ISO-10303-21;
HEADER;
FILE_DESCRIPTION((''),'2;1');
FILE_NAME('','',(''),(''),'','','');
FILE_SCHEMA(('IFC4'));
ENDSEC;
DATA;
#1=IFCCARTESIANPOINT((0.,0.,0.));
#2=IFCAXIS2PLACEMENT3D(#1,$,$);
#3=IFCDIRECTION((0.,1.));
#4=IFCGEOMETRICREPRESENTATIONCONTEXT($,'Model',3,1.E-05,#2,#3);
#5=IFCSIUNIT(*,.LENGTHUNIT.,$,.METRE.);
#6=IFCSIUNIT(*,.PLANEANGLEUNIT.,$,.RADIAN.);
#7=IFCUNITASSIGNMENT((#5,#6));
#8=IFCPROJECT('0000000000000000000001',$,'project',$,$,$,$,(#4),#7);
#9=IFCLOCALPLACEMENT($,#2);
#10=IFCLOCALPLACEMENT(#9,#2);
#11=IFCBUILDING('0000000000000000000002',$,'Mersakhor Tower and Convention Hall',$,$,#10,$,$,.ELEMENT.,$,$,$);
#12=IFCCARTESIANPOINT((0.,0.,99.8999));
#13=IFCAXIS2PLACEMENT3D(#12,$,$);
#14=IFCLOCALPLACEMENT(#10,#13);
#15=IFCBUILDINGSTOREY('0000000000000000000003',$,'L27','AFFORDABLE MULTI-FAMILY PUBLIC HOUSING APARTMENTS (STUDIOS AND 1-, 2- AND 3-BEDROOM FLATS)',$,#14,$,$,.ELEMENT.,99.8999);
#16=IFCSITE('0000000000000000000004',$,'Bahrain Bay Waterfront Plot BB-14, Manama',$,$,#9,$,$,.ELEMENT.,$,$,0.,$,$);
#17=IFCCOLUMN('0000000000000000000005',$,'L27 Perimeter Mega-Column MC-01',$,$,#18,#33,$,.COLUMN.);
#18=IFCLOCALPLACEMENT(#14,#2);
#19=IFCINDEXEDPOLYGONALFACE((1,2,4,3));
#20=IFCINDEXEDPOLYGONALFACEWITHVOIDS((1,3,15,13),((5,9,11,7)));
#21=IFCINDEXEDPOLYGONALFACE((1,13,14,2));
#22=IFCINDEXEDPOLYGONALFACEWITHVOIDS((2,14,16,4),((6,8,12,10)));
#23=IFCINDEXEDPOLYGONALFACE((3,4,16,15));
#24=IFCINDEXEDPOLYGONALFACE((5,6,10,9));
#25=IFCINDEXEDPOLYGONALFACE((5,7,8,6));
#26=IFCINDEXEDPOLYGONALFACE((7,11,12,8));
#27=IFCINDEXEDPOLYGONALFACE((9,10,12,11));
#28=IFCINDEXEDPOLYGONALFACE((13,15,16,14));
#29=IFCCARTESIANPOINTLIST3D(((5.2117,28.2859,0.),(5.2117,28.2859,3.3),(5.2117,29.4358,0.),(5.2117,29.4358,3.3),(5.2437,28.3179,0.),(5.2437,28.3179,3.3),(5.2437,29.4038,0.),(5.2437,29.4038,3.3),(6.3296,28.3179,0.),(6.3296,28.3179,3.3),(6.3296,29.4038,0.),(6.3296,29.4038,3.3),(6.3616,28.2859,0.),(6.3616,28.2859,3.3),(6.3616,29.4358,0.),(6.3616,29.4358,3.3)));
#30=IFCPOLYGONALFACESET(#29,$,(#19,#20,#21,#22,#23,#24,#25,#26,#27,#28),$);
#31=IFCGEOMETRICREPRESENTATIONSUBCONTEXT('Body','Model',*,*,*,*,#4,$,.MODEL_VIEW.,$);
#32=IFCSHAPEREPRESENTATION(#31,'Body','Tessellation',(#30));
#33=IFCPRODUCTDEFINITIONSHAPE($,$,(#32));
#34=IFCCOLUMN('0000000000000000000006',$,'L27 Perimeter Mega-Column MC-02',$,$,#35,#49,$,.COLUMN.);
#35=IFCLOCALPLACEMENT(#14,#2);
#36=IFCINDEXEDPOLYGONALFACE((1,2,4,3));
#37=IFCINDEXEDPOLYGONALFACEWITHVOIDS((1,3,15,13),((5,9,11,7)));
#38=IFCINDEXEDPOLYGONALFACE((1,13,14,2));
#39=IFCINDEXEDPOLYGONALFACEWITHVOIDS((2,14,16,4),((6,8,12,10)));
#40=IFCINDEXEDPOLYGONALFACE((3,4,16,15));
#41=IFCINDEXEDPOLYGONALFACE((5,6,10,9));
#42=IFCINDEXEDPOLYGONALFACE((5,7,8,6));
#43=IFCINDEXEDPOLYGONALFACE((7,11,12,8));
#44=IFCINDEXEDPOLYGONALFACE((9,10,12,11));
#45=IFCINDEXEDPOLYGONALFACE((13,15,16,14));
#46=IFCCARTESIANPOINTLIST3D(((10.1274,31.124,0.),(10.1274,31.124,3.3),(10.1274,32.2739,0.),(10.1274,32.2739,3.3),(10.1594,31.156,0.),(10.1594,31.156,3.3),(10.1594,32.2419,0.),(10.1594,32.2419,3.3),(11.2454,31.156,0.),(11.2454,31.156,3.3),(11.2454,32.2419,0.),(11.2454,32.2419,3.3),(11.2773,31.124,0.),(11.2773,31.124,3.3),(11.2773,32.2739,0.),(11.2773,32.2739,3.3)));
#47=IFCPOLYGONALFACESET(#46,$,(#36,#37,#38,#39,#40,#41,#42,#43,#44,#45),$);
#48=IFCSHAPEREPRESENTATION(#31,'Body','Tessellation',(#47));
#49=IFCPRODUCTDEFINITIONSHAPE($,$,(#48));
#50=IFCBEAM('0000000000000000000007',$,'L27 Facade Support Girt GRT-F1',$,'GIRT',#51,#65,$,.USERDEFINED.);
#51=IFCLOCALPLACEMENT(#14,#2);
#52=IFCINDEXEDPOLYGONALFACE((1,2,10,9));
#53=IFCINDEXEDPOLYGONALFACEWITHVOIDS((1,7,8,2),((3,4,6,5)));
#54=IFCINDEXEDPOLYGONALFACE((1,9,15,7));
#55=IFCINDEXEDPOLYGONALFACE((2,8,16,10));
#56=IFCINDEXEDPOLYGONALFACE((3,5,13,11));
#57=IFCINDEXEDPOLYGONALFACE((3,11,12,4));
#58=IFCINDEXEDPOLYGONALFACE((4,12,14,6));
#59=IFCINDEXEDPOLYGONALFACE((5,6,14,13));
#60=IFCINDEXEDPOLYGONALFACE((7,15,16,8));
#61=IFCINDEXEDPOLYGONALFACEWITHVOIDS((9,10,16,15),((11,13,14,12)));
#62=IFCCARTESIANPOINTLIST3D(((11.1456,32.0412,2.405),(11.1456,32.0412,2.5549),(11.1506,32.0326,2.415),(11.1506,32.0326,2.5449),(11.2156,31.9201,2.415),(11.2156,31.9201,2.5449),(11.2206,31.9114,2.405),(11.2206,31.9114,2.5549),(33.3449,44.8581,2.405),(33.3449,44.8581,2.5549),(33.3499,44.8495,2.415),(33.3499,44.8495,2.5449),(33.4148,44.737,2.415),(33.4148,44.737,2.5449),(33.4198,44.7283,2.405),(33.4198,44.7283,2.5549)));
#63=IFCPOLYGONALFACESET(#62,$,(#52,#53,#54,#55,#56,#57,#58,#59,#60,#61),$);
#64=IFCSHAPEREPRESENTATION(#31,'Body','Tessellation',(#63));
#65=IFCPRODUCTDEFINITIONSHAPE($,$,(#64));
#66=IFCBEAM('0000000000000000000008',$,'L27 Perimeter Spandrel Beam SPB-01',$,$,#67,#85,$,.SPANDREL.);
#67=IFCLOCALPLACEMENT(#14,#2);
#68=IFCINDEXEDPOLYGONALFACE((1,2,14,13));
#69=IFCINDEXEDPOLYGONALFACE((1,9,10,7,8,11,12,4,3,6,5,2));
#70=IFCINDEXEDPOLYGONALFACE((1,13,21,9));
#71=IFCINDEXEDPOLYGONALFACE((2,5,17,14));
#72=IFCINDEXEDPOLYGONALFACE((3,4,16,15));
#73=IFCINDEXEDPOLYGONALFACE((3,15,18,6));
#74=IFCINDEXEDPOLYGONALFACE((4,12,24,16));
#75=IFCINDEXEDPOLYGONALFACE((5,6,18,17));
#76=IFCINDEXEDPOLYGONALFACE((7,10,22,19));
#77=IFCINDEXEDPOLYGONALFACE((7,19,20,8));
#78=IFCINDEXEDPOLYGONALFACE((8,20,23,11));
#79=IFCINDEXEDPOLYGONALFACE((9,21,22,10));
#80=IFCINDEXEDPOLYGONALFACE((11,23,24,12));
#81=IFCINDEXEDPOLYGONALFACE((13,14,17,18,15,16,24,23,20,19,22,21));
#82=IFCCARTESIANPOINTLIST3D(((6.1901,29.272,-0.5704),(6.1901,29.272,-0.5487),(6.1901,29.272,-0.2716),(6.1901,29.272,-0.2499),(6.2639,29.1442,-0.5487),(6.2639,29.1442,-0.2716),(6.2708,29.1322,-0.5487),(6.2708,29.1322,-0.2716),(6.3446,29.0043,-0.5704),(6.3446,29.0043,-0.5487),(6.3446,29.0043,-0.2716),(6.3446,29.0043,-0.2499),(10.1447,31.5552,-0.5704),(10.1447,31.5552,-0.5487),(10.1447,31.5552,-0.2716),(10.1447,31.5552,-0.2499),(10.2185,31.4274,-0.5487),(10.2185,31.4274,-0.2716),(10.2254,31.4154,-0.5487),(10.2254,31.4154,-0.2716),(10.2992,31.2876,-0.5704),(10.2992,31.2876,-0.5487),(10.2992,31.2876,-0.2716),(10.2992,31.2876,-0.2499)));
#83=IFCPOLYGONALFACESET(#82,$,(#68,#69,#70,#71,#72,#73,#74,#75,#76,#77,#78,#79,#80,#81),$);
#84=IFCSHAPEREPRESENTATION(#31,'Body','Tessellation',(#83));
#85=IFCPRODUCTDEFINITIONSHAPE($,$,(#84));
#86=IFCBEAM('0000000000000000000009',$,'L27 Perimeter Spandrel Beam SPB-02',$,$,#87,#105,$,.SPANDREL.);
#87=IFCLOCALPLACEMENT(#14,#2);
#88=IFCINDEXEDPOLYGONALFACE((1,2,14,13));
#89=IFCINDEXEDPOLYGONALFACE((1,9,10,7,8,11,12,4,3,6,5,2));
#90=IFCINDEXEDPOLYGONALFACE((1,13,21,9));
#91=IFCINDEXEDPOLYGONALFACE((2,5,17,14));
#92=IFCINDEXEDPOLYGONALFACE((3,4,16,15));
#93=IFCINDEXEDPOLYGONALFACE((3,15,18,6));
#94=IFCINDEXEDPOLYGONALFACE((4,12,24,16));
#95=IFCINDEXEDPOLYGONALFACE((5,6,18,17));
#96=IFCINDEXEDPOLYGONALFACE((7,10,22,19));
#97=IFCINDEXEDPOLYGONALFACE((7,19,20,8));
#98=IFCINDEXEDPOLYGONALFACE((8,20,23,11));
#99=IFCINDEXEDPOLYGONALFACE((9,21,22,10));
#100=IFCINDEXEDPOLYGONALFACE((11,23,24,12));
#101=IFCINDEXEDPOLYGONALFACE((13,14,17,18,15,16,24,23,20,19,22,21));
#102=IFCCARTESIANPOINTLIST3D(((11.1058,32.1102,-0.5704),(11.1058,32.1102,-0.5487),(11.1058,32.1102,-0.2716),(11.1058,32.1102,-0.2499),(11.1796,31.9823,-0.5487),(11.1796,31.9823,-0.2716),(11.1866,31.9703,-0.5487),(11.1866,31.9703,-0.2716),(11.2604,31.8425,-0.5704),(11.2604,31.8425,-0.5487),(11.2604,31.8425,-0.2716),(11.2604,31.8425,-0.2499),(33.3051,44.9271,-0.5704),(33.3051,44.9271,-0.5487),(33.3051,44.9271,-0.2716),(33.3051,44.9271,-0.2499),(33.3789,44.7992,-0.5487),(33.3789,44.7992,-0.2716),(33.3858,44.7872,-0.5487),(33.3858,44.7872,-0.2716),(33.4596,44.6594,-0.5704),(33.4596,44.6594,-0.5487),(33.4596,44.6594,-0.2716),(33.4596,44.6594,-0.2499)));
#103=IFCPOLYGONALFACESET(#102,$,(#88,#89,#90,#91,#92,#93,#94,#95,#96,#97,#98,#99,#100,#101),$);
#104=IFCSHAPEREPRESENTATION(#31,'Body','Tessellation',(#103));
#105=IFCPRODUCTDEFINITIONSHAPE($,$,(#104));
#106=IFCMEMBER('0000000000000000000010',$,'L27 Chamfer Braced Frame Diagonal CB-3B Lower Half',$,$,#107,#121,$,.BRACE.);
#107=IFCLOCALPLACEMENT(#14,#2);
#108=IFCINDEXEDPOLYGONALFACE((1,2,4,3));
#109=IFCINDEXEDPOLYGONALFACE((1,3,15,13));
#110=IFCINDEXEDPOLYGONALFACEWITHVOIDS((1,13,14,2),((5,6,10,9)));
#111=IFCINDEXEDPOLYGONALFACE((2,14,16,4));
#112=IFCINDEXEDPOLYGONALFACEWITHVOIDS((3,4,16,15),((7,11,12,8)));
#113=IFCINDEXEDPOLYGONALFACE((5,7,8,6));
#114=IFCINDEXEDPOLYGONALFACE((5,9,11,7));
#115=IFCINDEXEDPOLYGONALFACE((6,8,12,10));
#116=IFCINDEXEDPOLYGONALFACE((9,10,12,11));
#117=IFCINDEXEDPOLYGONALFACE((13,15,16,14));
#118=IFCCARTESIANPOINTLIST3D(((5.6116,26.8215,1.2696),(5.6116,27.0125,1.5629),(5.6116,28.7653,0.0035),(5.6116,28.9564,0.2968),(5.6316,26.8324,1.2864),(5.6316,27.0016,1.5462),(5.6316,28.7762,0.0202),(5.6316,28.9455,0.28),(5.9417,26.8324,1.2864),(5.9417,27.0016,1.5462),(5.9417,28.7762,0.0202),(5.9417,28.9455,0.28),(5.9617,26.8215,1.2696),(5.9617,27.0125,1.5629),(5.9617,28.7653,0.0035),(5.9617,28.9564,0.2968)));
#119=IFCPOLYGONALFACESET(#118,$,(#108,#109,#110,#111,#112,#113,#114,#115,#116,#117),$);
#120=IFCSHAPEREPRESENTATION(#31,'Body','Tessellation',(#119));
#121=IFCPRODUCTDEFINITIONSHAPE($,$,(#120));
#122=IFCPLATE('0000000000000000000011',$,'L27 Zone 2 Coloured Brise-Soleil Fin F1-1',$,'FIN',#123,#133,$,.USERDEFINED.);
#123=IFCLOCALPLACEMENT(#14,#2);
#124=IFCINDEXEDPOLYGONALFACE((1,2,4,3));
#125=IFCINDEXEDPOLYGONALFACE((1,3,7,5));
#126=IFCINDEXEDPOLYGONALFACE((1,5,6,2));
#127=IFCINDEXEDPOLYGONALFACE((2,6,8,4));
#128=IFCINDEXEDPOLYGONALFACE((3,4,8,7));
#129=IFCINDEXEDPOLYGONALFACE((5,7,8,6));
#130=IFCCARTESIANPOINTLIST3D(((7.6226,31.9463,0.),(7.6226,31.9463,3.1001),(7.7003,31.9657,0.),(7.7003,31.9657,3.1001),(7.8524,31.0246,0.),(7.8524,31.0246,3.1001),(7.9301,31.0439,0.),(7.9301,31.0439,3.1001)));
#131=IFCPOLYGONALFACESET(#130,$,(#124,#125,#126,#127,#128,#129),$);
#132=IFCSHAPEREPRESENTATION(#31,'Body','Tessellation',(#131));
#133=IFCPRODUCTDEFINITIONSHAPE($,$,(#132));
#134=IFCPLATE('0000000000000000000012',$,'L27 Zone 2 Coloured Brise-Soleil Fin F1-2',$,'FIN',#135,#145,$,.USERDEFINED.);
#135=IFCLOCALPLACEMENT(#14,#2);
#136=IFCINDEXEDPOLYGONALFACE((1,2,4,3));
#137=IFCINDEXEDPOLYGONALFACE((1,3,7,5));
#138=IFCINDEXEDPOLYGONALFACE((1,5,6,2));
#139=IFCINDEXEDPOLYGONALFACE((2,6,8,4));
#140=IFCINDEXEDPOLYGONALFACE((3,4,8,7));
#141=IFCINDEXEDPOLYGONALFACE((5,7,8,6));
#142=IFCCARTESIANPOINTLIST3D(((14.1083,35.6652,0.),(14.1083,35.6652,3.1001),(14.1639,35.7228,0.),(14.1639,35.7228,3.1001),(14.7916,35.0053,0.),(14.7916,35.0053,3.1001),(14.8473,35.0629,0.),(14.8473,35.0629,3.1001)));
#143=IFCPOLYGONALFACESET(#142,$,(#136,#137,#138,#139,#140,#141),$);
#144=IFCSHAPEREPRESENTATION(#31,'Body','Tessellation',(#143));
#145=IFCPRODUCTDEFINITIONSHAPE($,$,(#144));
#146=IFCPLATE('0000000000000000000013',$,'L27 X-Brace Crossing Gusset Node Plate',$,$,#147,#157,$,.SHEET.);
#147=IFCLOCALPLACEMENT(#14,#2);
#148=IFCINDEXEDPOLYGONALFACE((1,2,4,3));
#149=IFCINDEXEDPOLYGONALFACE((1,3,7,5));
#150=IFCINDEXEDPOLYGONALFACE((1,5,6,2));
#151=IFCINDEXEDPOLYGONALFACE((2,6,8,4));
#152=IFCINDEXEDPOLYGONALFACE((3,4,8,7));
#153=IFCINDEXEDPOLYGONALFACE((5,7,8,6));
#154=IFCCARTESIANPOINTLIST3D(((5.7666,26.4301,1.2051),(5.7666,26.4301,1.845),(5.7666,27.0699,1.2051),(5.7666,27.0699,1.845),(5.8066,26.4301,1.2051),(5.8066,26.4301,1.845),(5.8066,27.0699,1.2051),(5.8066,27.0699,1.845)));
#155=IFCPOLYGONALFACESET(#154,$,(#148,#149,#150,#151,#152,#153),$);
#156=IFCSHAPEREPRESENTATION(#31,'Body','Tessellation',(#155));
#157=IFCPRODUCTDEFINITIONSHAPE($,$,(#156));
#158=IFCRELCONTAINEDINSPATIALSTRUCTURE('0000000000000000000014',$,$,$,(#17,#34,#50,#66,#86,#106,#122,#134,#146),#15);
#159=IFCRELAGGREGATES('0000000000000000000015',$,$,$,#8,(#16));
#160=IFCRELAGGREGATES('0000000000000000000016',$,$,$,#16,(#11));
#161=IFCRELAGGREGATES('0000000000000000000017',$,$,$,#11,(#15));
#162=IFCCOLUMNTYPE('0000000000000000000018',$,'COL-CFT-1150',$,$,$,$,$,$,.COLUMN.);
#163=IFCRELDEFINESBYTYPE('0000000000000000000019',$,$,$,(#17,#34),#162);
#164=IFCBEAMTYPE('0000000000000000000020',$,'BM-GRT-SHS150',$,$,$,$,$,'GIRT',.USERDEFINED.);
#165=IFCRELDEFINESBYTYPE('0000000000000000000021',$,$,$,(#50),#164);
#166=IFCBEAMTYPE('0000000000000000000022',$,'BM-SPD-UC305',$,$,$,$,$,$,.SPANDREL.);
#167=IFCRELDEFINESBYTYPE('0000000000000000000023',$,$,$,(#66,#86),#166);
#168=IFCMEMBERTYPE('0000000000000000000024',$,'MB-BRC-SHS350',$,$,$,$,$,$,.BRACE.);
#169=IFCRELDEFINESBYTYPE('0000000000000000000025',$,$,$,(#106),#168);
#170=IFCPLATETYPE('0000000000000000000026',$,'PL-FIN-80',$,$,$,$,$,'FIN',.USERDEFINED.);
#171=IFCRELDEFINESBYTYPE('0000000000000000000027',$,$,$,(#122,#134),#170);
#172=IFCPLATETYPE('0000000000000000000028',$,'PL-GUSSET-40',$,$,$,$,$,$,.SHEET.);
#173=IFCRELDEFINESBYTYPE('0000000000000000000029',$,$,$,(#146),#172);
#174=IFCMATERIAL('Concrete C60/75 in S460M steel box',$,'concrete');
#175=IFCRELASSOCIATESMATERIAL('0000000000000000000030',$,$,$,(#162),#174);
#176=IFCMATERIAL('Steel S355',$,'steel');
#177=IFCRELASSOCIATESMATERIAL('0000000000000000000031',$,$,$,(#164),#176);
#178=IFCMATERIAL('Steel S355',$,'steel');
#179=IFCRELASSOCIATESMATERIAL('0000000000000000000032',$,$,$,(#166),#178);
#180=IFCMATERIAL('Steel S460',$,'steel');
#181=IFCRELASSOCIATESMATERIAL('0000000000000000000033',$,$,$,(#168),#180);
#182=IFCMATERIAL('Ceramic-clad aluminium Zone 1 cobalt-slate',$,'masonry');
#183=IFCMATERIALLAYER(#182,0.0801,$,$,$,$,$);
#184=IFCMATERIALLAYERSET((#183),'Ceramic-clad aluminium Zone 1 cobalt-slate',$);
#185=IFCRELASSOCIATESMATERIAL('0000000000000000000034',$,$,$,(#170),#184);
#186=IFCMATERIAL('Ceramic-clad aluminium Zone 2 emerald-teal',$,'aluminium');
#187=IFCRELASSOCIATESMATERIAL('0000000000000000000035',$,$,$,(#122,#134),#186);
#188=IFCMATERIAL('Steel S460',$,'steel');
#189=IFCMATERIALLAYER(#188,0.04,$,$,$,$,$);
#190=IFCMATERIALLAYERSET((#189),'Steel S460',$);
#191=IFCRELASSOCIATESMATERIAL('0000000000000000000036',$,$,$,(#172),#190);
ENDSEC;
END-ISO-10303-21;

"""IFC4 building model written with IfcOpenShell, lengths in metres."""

from ifc_helpers import new_model, si_unit, direction, frame, origin, origin_2d, place, context, subcontext, project, spatial, rectangle, hollow_rectangle, i_section, extrude, material, layer, layer_set, material_profile, profile_set, type_object, element, save


model = new_model("IFC4")

# Units and contexts
model_context = context("Model", 3, precision=1e-05, world=origin(), true_north=direction((0.0, 1.0)))
body_context = subcontext(model_context, "Body", "Model", "MODEL_VIEW")
ifc_project = project(units=[si_unit("LENGTHUNIT", "METRE"), si_unit("PLANEANGLEUNIT", "RADIAN")], contexts=[model_context])

# Site, building, storey
site_placement = place(None, origin())
site = spatial("IfcSite", under=ifc_project, at=site_placement, Name="Bahrain Bay Waterfront Plot BB-14, Manama", CompositionType="ELEMENT", RefElevation=0.0)
building_placement = place(site_placement, origin())
building = spatial("IfcBuilding", under=site, at=building_placement, Name="Mersakhor Tower and Convention Hall", CompositionType="ELEMENT")
storey_placement = place(building_placement, frame((0.0, 0.0, 99.8999)))
storey = spatial("IfcBuildingStorey", under=building, at=storey_placement, Name="L27", Description="AFFORDABLE MULTI-FAMILY PUBLIC HOUSING APARTMENTS (STUDIOS AND 1-, 2- AND 3-BEDROOM FLATS)", CompositionType="ELEMENT", Elevation=99.8999)

# Columns
ifc_material_1 = material(Name="Concrete C60/75 in S460M steel box", Category="concrete")
ifc_material_profile_1 = material_profile(ifc_material_1, hollow_rectangle(XDim=1.1499, YDim=1.1499, WallThickness=0.032, at=origin_2d()), Name="SHS 1150x1150x32")
ifc_profile_set_1 = profile_set([ifc_material_profile_1], Name="Concrete C60/75 in S460M steel box")
column_type = type_object("IfcColumnType", Name="COL-CFT-1150", PredefinedType="COLUMN", material=ifc_profile_set_1)
for number, where, z_axis, x_axis, name in (
    (1, (5.7866, 28.8608, 0.0), (0.0, 0.0, 1.0), (1.0, 0.0, 0.0), "L27 Perimeter Mega-Column MC-01"),
    (2, (10.7024, 31.699, 0.0), (0.0, 0.0, 1.0), (1.0, 0.0, 0.0), "L27 Perimeter Mega-Column MC-02"),
):
    element("IfcColumn", number, at=place(storey_placement, frame(where, z_axis=z_axis, x_axis=x_axis)), inside=storey, type_object=column_type, Name=name, PredefinedType="COLUMN", context=body_context, shape_type="SweptSolid", body=[
        extrude(hollow_rectangle(XDim=1.1499, YDim=1.1499, WallThickness=0.032, at=origin_2d()), origin(), (0.0, 0.0, 1.0), 3.3),
    ])

# Beams
ifc_material_2 = material(Name="Steel S355", Category="steel")
ifc_material_profile_2 = material_profile(ifc_material_2, hollow_rectangle(XDim=0.1499, YDim=0.1499, WallThickness=0.01, at=origin_2d()), Name="SHS 150x150x10")
ifc_profile_set_2 = profile_set([ifc_material_profile_2], Name="Steel S355")
beam_type_1 = type_object("IfcBeamType", Name="BM-GRT-SHS150", ElementType="GIRT", PredefinedType="USERDEFINED", material=ifc_profile_set_2)
beam_1_placement = place(storey_placement, frame((11.1831, 31.9763, 2.48), z_axis=(0.866023, 0.500005, 0.0), x_axis=(-0.500005, 0.866023, 0.0)))
element("IfcBeam", 3, at=beam_1_placement, inside=storey, type_object=beam_type_1, Name="L27 Facade Support Girt GRT-F1", ObjectType="GIRT", PredefinedType="USERDEFINED", context=body_context, shape_type="SweptSolid", body=[
    extrude(hollow_rectangle(XDim=0.1499, YDim=0.1499, WallThickness=0.01, at=origin_2d()), origin(), (0.0, 0.0, 1.0), 25.6335),
])
ifc_material_3 = material(Name="Steel S355", Category="steel")
ifc_material_profile_3 = material_profile(ifc_material_3, i_section(OverallWidth=0.3091, OverallDepth=0.3206, WebThickness=0.0139, FlangeThickness=0.0217, at=origin_2d()), Name="UC 305x305x137")
ifc_profile_set_3 = profile_set([ifc_material_profile_3], Name="Steel S355")
beam_type_2 = type_object("IfcBeamType", Name="BM-SPD-UC305", PredefinedType="SPANDREL", material=ifc_profile_set_3)
beam_2_placement = place(storey_placement, frame((6.2673, 29.1382, -0.4102), z_axis=(0.866024, 0.500003, 0.0), x_axis=(-0.500003, 0.866024, 0.0)))
element("IfcBeam", 4, at=beam_2_placement, inside=storey, type_object=beam_type_2, Name="L27 Perimeter Spandrel Beam SPB-01", PredefinedType="SPANDREL", context=body_context, shape_type="SweptSolid", body=[
    extrude(i_section(OverallWidth=0.3091, OverallDepth=0.3206, WebThickness=0.0139, FlangeThickness=0.0217, at=origin_2d()), origin(), (0.0, 0.0, 1.0), 4.5664),
])
beam_3_placement = place(storey_placement, frame((11.1831, 31.9763, -0.4102), z_axis=(0.866023, 0.500005, 0.0), x_axis=(-0.500005, 0.866023, 0.0)))
element("IfcBeam", 5, at=beam_3_placement, inside=storey, type_object=beam_type_2, Name="L27 Perimeter Spandrel Beam SPB-02", PredefinedType="SPANDREL", context=body_context, shape_type="SweptSolid", body=[
    extrude(i_section(OverallWidth=0.3091, OverallDepth=0.3206, WebThickness=0.0139, FlangeThickness=0.0217, at=origin_2d()), origin(), (0.0, 0.0, 1.0), 25.6335),
])

# Member
ifc_material_4 = material(Name="Steel S460", Category="steel")
ifc_material_profile_4 = material_profile(ifc_material_4, hollow_rectangle(XDim=0.3501, YDim=0.3501, WallThickness=0.02, at=origin_2d()), Name="SHS 350x350x20")
ifc_profile_set_4 = profile_set([ifc_material_profile_4], Name="Steel S460")
member_type = type_object("IfcMemberType", Name="MB-BRC-SHS350", PredefinedType="BRACE", material=ifc_profile_set_4)
member_placement = place(storey_placement, frame((5.7866, 28.8608, 0.1501), z_axis=(0.0, -0.837929, 0.54578), x_axis=(1.0, 0.0, 0.0)))
element("IfcMember", 6, at=member_placement, inside=storey, type_object=member_type, Name="L27 Chamfer Braced Frame Diagonal CB-3B Lower Half", PredefinedType="BRACE", context=body_context, shape_type="SweptSolid", body=[
    extrude(hollow_rectangle(XDim=0.3501, YDim=0.3501, WallThickness=0.02, at=origin_2d()), origin(), (0.0, 0.0, 1.0), 2.3198),
])

# Plates
ifc_material_5 = material(Name="Ceramic-clad aluminium Zone 2 emerald-teal", Category="aluminium")
ifc_material_6 = material(Name="Ceramic-clad aluminium Zone 1 cobalt-slate", Category="masonry")
ifc_layer_1 = layer(ifc_material_6, 0.0801)
ifc_layer_set_1 = layer_set([ifc_layer_1], Name="Ceramic-clad aluminium Zone 1 cobalt-slate")
plate_type_1 = type_object("IfcPlateType", Name="PL-FIN-80", ElementType="FIN", PredefinedType="USERDEFINED", material=ifc_layer_set_1)
for number, where, z_axis, x_axis, name in (
    (7, (7.7764, 31.4951, 0.0), (0.0, 0.0, 1.0), (-0.241922, 0.970296, 0.0), "L27 Zone 2 Coloured Brise-Soleil Fin F1-1"),
    (8, (14.4778, 35.364, 0.0), (0.0, 0.0, 1.0), (-0.71934, 0.694658, 0.0), "L27 Zone 2 Coloured Brise-Soleil Fin F1-2"),
):
    element("IfcPlate", number, at=place(storey_placement, frame(where, z_axis=z_axis, x_axis=x_axis)), inside=storey, type_object=plate_type_1, material=ifc_material_5, Name=name, ObjectType="FIN", PredefinedType="USERDEFINED", context=body_context, shape_type="SweptSolid", body=[
        extrude(rectangle(XDim=0.95, YDim=0.0801, at=origin_2d()), origin(), (0.0, 0.0, 1.0), 3.1001),
    ])
ifc_material_7 = material(Name="Steel S460", Category="steel")
ifc_layer_2 = layer(ifc_material_7, 0.04)
ifc_layer_set_2 = layer_set([ifc_layer_2], Name="Steel S460")
plate_type_2 = type_object("IfcPlateType", Name="PL-GUSSET-40", PredefinedType="SHEET", material=ifc_layer_set_2)
plate_placement = place(storey_placement, frame((5.7866, 26.75, 1.2051), z_axis=(0.0, 0.0, 1.0), x_axis=(0.0, -1.0, 0.0)))
element("IfcPlate", 9, at=plate_placement, inside=storey, type_object=plate_type_2, Name="L27 X-Brace Crossing Gusset Node Plate", PredefinedType="SHEET", context=body_context, shape_type="SweptSolid", body=[
    extrude(rectangle(XDim=0.6399, YDim=0.04, at=origin_2d()), origin(), (0.0, 0.0, 1.0), 0.6399),
])

save(model, "model.ifc")
